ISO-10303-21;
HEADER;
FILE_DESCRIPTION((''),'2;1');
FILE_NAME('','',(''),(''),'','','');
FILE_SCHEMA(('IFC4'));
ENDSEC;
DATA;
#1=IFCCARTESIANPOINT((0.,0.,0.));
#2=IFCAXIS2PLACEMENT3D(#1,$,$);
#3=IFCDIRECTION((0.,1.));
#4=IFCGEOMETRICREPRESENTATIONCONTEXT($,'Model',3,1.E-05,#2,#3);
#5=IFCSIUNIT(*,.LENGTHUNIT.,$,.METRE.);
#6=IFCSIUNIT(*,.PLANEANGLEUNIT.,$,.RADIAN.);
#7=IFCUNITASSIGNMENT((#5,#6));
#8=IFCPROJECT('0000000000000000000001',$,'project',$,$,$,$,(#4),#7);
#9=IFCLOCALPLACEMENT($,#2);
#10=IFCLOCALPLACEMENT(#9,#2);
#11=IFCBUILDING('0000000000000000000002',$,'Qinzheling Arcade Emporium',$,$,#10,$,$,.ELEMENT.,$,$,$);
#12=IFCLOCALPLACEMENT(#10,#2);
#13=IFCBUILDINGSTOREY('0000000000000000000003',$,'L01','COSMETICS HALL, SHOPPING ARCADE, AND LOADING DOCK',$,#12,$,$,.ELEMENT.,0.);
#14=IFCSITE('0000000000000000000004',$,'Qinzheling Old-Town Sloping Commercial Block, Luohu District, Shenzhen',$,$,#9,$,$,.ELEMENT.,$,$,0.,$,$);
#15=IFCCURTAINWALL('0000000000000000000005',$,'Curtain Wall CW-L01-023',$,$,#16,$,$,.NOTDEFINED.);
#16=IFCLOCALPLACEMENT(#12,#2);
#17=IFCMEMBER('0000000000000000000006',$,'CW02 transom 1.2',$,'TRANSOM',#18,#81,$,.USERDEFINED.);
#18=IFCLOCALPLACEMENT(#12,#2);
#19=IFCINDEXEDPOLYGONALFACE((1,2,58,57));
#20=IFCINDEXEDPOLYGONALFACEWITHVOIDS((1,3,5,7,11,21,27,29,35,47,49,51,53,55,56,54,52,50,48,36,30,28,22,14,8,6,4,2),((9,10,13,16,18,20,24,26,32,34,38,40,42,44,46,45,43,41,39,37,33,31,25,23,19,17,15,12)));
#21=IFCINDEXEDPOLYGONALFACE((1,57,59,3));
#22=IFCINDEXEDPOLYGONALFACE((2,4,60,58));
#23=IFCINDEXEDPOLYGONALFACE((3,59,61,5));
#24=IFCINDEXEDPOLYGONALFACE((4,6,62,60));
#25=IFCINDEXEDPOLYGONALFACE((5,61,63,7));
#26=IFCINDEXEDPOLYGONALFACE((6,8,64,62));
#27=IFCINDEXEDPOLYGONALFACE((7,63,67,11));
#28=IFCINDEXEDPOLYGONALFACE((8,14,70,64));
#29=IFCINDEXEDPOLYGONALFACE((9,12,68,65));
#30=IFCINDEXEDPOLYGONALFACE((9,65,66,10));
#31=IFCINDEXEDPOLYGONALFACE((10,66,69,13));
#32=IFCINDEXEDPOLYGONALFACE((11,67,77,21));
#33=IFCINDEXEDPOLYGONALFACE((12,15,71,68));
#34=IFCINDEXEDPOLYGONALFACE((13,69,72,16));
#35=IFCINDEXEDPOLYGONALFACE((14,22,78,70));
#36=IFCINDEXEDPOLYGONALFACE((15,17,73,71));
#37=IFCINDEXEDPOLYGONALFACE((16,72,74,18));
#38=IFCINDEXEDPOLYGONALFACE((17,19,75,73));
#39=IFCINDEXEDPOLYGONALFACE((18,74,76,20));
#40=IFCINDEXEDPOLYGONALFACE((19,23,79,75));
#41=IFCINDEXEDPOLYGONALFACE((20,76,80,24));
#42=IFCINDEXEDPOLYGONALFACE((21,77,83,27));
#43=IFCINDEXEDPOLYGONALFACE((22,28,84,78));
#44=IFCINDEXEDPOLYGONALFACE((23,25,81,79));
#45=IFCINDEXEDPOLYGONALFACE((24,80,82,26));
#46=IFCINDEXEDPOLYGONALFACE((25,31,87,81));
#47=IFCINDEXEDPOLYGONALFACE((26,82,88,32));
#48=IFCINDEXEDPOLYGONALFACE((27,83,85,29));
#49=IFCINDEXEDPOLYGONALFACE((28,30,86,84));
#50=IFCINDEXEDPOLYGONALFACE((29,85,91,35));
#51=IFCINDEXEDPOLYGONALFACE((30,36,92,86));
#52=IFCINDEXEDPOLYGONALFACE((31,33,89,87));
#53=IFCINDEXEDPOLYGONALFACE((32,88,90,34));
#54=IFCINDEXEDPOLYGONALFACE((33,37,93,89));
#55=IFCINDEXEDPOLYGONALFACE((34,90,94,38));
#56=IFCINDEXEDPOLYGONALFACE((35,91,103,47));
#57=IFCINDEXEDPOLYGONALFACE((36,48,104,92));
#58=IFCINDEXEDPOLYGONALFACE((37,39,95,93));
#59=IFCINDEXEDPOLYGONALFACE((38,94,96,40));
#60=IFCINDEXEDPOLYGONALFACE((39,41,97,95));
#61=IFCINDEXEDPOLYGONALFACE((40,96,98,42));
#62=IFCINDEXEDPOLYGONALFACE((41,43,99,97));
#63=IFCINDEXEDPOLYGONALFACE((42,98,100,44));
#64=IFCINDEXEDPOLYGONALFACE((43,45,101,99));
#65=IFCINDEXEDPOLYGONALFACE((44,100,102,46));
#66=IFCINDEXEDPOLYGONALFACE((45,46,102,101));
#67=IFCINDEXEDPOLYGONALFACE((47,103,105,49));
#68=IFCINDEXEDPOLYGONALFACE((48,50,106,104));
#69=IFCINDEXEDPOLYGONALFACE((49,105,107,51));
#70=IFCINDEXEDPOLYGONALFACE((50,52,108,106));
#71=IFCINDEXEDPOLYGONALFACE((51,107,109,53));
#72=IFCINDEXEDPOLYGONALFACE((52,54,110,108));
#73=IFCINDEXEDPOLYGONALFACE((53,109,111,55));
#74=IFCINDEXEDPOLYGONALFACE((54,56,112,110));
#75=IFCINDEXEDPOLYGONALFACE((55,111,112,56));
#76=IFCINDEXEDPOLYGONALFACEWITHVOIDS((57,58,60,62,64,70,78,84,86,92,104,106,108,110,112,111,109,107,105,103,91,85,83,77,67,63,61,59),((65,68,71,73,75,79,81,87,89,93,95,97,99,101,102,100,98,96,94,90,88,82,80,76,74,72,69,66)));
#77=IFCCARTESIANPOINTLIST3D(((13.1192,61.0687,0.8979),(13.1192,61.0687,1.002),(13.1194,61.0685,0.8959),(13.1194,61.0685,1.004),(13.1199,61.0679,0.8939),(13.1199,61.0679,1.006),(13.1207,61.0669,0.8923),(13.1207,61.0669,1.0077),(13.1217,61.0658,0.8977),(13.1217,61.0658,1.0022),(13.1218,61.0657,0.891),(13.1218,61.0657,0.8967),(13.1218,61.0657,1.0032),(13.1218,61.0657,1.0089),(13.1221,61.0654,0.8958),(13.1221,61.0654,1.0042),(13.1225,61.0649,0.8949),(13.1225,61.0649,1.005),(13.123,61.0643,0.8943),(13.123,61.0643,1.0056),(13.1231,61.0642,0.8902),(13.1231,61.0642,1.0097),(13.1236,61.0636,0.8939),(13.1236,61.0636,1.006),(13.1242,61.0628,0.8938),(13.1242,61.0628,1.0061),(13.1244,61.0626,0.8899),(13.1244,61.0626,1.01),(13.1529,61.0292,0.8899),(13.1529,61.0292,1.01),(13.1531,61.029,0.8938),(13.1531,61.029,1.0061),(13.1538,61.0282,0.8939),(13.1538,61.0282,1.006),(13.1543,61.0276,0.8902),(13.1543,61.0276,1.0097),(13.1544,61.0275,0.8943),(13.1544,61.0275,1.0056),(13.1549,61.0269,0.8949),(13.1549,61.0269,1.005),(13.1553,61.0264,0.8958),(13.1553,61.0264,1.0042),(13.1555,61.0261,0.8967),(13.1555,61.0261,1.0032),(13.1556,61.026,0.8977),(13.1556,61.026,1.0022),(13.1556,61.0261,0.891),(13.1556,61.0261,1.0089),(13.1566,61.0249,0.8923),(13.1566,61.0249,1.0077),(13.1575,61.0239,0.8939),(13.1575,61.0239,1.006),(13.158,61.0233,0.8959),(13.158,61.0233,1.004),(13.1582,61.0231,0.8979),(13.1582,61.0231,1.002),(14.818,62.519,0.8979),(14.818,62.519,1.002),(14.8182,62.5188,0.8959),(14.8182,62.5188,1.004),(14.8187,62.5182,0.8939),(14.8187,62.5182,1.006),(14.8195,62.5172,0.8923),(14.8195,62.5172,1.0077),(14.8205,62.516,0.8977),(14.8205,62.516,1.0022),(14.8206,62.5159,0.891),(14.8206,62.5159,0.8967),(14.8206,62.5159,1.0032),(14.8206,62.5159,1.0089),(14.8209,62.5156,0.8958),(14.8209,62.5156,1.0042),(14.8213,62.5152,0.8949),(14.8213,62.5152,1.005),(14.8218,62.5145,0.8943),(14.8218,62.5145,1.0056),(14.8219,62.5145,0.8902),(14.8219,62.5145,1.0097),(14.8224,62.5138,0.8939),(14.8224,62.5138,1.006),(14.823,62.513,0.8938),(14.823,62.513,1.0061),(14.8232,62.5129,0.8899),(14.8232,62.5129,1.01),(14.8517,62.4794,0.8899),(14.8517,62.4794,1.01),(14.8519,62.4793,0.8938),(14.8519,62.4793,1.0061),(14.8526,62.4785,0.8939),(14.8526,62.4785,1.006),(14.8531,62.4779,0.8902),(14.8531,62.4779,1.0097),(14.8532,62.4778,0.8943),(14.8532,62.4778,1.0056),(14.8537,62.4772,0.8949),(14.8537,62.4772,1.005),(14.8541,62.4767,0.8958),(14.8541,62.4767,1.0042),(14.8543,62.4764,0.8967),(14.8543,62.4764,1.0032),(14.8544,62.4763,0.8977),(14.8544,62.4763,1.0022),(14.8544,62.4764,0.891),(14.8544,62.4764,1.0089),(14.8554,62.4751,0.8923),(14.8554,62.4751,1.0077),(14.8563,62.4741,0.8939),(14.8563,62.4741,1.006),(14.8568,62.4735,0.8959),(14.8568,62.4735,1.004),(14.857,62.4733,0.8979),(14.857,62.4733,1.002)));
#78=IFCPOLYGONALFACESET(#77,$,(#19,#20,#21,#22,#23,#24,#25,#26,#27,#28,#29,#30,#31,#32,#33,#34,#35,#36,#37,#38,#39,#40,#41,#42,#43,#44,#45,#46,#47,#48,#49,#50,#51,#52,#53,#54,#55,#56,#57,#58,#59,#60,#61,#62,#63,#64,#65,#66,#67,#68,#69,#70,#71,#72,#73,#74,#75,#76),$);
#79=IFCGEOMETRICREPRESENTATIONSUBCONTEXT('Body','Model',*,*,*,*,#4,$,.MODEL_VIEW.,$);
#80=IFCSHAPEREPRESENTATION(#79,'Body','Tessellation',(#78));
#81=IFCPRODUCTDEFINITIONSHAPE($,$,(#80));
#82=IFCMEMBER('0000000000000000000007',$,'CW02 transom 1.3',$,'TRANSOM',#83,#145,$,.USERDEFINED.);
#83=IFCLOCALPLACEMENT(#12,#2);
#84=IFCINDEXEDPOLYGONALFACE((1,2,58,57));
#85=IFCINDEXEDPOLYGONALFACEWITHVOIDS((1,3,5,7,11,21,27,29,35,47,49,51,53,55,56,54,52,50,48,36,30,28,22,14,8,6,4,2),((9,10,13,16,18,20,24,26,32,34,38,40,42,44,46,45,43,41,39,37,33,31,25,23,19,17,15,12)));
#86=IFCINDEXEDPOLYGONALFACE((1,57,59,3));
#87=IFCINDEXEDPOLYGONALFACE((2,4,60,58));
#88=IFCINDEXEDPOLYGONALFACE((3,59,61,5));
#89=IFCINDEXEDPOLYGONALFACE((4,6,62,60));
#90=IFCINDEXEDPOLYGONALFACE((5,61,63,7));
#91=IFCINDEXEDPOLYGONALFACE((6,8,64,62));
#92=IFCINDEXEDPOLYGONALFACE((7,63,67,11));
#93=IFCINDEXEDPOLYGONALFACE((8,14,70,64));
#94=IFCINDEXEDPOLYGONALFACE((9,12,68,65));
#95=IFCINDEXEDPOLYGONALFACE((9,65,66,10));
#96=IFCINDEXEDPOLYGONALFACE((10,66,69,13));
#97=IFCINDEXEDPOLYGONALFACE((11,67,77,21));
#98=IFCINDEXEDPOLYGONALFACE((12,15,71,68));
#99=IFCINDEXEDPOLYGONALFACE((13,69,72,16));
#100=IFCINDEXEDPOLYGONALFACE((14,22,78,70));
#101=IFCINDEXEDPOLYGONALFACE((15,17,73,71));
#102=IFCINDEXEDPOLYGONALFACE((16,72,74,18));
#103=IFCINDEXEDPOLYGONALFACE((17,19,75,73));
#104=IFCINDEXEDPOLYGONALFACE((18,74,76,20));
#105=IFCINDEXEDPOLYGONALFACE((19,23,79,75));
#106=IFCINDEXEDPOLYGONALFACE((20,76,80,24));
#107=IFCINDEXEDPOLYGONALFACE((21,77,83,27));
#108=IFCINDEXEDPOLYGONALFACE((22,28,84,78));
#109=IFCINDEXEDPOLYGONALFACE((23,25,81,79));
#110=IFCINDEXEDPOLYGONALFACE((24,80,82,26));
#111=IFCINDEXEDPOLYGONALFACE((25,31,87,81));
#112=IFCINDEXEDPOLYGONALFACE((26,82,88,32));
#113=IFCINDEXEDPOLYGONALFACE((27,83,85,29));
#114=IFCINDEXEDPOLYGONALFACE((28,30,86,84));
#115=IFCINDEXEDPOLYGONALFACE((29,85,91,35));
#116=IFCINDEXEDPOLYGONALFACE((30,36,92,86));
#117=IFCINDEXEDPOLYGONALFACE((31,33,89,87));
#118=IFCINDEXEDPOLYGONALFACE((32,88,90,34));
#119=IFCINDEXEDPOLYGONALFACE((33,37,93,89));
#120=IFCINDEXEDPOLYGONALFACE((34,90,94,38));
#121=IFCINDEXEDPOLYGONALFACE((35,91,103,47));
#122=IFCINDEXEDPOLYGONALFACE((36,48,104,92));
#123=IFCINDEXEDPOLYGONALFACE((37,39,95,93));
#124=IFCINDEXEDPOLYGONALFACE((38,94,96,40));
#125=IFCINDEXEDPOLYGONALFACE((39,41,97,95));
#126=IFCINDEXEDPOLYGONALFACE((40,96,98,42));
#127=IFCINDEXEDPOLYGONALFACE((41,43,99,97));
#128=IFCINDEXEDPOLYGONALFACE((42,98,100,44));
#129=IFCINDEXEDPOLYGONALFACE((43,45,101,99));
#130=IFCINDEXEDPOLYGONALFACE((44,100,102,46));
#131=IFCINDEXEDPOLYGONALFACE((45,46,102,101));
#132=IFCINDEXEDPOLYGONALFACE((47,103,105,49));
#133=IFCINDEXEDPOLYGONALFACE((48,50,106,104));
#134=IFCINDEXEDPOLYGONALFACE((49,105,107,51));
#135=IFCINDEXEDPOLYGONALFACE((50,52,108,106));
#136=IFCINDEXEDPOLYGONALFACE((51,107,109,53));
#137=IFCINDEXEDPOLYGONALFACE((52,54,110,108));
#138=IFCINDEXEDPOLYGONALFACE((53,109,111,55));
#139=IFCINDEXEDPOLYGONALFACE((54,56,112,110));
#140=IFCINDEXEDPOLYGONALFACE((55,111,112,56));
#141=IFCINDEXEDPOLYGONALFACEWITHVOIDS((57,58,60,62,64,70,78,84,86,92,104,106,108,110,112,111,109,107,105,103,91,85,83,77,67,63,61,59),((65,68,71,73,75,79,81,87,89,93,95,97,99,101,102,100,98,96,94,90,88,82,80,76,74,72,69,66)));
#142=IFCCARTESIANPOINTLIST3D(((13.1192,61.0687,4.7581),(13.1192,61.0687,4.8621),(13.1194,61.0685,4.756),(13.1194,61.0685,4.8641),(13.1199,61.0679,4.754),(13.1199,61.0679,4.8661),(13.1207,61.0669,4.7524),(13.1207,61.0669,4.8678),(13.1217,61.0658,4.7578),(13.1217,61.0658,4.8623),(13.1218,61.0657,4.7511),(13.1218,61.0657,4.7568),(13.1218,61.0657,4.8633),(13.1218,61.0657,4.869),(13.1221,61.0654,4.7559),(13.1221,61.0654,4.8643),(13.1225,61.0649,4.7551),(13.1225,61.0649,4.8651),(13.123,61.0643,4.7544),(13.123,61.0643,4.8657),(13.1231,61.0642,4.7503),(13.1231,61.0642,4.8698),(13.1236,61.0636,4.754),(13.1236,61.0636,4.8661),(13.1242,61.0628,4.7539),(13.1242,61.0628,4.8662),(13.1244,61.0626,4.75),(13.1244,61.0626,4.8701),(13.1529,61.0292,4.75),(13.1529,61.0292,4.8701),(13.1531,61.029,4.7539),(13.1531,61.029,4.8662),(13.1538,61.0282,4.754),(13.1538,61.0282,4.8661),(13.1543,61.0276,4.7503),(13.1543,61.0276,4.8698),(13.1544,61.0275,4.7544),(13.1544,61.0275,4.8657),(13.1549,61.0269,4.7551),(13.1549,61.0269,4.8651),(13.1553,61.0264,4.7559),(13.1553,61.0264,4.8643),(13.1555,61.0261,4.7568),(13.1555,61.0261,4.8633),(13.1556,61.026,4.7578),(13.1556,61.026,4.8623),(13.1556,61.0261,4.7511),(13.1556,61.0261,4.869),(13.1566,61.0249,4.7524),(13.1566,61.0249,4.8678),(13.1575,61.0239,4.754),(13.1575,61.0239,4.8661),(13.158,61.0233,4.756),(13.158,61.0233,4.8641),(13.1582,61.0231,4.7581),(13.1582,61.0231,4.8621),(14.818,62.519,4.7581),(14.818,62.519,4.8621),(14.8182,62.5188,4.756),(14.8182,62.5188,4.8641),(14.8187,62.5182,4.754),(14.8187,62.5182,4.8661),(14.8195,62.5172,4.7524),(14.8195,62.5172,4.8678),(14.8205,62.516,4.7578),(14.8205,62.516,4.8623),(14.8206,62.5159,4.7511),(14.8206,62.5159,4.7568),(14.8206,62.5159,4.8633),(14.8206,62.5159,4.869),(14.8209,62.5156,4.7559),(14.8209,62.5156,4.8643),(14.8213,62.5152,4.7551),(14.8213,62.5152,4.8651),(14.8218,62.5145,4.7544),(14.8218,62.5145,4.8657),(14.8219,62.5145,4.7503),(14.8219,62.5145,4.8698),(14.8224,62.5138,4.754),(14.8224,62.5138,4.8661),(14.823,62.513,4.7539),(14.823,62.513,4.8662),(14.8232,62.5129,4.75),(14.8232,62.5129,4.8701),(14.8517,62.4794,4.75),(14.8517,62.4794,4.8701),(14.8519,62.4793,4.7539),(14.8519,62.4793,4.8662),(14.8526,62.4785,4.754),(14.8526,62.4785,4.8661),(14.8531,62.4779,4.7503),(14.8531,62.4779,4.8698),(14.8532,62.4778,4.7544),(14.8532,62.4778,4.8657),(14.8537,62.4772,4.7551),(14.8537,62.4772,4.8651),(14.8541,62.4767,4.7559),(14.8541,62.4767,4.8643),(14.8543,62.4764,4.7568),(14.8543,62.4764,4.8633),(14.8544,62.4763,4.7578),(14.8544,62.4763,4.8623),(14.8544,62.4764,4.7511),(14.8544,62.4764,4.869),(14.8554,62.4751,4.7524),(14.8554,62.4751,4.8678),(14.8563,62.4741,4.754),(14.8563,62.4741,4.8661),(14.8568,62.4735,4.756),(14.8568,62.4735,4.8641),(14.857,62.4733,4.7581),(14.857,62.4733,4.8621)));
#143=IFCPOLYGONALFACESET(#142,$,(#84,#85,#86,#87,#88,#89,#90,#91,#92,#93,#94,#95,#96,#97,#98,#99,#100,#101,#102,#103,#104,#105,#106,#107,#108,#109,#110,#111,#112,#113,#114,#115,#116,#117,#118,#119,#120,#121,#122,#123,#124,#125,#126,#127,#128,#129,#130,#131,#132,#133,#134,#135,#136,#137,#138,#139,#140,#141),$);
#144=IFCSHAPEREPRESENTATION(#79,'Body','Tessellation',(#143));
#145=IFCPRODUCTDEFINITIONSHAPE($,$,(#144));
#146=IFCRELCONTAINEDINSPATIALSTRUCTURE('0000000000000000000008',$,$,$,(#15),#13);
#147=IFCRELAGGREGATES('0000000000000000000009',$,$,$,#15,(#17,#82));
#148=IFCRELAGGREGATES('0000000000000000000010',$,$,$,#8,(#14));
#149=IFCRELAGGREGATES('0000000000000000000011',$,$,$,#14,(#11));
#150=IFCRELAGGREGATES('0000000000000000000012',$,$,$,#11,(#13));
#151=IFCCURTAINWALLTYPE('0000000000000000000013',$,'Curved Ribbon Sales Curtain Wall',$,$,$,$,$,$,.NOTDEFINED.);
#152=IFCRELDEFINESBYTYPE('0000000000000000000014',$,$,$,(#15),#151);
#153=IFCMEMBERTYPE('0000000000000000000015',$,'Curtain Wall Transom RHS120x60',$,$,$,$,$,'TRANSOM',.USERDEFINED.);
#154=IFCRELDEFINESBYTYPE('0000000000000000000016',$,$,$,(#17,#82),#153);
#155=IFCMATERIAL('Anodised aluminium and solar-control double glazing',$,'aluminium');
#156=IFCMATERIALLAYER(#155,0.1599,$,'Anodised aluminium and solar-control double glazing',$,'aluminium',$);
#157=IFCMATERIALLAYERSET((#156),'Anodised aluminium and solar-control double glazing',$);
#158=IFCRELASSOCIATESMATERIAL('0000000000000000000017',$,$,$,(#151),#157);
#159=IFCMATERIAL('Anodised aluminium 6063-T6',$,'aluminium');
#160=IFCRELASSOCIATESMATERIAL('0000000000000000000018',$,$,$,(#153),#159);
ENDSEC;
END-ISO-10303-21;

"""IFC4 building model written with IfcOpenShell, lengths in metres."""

from ifc_helpers import new_model, si_unit, direction, frame, origin, origin_2d, place, context, subcontext, project, spatial, hollow_rectangle, extrude, material, layer, layer_set, material_profile, profile_set, type_object, element, aggregate, save


model = new_model("IFC4")

# Units and contexts
model_context = context("Model", 3, precision=1e-05, world=origin(), true_north=direction((0.0, 1.0)))
body_context = subcontext(model_context, "Body", "Model", "MODEL_VIEW")
ifc_project = project(units=[si_unit("LENGTHUNIT", "METRE"), si_unit("PLANEANGLEUNIT", "RADIAN")], contexts=[model_context])

# Site, building, storey
site_placement = place(None, origin())
site = spatial("IfcSite", under=ifc_project, at=site_placement, Name="Qinzheling Old-Town Sloping Commercial Block, Luohu District, Shenzhen", CompositionType="ELEMENT", RefElevation=0.0)
building_placement = place(site_placement, origin())
building = spatial("IfcBuilding", under=site, at=building_placement, Name="Qinzheling Arcade Emporium", CompositionType="ELEMENT")
storey_placement = place(building_placement, origin())
storey = spatial("IfcBuildingStorey", under=building, at=storey_placement, Name="L01", Description="COSMETICS HALL, SHOPPING ARCADE, AND LOADING DOCK", CompositionType="ELEMENT", Elevation=0.0)

# Shared definitions
ifc_material_1 = material(Name="Anodised aluminium and solar-control double glazing", Category="aluminium")
ifc_layer_1 = layer(ifc_material_1, 0.1599, Name="Anodised aluminium and solar-control double glazing", Category="aluminium")
ifc_layer_set_1 = layer_set([ifc_layer_1], Name="Anodised aluminium and solar-control double glazing")
curtain_wall_type = type_object("IfcCurtainWallType", Name="Curved Ribbon Sales Curtain Wall", PredefinedType="NOTDEFINED", material=ifc_layer_set_1)
ifc_material_2 = material(Name="Anodised aluminium 6063-T6", Category="aluminium")

# Curtain wall
curtain_wall_1_placement = place(storey_placement, origin())
curtain_wall_1 = element("IfcCurtainWall", 1, at=curtain_wall_1_placement, inside=storey, type_object=curtain_wall_type, Name="Curtain Wall CW-L01-023", PredefinedType="NOTDEFINED")

# Members
ifc_material_profile_1 = material_profile(ifc_material_2, hollow_rectangle(XDim=0.0601, YDim=0.1201, WallThickness=0.0039, InnerFilletRadius=0.0039, OuterFilletRadius=0.0081, at=origin_2d()), Name="RHS 120x60x4", Category="aluminium")
ifc_profile_set_1 = profile_set([ifc_material_profile_1], Name="Anodised aluminium 6063-T6")
member_type_1 = type_object("IfcMemberType", Name="Curtain Wall Transom RHS120x60", ElementType="TRANSOM", PredefinedType="USERDEFINED", material=ifc_profile_set_1)
member_1_placement = place(storey_placement, frame((13.1387, 61.0459, 0.95), z_axis=(0.760551, 0.649278, 0.0), x_axis=(-0.649278, 0.760551, 0.0)))
member_1 = element("IfcMember", 2, at=member_1_placement, type_object=member_type_1, Name="CW02 transom 1.2", ObjectType="TRANSOM", PredefinedType="USERDEFINED", context=body_context, shape_type="SweptSolid", body=[
    extrude(hollow_rectangle(XDim=0.0601, YDim=0.1201, WallThickness=0.0039, InnerFilletRadius=0.0039, OuterFilletRadius=0.0081, at=origin_2d()), origin(), (0.0, 0.0, 1.0), 2.2336),
])
member_2_placement = place(storey_placement, frame((13.1387, 61.0459, 4.8101), z_axis=(0.760551, 0.649278, 0.0), x_axis=(-0.649278, 0.760551, 0.0)))
member_2 = element("IfcMember", 3, at=member_2_placement, type_object=member_type_1, Name="CW02 transom 1.3", ObjectType="TRANSOM", PredefinedType="USERDEFINED", context=body_context, shape_type="SweptSolid", body=[
    extrude(hollow_rectangle(XDim=0.0601, YDim=0.1201, WallThickness=0.0039, InnerFilletRadius=0.0039, OuterFilletRadius=0.0081, at=origin_2d()), origin(), (0.0, 0.0, 1.0), 2.2336),
])

aggregate(curtain_wall_1, [member_1, member_2])

save(model, "model.ifc")
